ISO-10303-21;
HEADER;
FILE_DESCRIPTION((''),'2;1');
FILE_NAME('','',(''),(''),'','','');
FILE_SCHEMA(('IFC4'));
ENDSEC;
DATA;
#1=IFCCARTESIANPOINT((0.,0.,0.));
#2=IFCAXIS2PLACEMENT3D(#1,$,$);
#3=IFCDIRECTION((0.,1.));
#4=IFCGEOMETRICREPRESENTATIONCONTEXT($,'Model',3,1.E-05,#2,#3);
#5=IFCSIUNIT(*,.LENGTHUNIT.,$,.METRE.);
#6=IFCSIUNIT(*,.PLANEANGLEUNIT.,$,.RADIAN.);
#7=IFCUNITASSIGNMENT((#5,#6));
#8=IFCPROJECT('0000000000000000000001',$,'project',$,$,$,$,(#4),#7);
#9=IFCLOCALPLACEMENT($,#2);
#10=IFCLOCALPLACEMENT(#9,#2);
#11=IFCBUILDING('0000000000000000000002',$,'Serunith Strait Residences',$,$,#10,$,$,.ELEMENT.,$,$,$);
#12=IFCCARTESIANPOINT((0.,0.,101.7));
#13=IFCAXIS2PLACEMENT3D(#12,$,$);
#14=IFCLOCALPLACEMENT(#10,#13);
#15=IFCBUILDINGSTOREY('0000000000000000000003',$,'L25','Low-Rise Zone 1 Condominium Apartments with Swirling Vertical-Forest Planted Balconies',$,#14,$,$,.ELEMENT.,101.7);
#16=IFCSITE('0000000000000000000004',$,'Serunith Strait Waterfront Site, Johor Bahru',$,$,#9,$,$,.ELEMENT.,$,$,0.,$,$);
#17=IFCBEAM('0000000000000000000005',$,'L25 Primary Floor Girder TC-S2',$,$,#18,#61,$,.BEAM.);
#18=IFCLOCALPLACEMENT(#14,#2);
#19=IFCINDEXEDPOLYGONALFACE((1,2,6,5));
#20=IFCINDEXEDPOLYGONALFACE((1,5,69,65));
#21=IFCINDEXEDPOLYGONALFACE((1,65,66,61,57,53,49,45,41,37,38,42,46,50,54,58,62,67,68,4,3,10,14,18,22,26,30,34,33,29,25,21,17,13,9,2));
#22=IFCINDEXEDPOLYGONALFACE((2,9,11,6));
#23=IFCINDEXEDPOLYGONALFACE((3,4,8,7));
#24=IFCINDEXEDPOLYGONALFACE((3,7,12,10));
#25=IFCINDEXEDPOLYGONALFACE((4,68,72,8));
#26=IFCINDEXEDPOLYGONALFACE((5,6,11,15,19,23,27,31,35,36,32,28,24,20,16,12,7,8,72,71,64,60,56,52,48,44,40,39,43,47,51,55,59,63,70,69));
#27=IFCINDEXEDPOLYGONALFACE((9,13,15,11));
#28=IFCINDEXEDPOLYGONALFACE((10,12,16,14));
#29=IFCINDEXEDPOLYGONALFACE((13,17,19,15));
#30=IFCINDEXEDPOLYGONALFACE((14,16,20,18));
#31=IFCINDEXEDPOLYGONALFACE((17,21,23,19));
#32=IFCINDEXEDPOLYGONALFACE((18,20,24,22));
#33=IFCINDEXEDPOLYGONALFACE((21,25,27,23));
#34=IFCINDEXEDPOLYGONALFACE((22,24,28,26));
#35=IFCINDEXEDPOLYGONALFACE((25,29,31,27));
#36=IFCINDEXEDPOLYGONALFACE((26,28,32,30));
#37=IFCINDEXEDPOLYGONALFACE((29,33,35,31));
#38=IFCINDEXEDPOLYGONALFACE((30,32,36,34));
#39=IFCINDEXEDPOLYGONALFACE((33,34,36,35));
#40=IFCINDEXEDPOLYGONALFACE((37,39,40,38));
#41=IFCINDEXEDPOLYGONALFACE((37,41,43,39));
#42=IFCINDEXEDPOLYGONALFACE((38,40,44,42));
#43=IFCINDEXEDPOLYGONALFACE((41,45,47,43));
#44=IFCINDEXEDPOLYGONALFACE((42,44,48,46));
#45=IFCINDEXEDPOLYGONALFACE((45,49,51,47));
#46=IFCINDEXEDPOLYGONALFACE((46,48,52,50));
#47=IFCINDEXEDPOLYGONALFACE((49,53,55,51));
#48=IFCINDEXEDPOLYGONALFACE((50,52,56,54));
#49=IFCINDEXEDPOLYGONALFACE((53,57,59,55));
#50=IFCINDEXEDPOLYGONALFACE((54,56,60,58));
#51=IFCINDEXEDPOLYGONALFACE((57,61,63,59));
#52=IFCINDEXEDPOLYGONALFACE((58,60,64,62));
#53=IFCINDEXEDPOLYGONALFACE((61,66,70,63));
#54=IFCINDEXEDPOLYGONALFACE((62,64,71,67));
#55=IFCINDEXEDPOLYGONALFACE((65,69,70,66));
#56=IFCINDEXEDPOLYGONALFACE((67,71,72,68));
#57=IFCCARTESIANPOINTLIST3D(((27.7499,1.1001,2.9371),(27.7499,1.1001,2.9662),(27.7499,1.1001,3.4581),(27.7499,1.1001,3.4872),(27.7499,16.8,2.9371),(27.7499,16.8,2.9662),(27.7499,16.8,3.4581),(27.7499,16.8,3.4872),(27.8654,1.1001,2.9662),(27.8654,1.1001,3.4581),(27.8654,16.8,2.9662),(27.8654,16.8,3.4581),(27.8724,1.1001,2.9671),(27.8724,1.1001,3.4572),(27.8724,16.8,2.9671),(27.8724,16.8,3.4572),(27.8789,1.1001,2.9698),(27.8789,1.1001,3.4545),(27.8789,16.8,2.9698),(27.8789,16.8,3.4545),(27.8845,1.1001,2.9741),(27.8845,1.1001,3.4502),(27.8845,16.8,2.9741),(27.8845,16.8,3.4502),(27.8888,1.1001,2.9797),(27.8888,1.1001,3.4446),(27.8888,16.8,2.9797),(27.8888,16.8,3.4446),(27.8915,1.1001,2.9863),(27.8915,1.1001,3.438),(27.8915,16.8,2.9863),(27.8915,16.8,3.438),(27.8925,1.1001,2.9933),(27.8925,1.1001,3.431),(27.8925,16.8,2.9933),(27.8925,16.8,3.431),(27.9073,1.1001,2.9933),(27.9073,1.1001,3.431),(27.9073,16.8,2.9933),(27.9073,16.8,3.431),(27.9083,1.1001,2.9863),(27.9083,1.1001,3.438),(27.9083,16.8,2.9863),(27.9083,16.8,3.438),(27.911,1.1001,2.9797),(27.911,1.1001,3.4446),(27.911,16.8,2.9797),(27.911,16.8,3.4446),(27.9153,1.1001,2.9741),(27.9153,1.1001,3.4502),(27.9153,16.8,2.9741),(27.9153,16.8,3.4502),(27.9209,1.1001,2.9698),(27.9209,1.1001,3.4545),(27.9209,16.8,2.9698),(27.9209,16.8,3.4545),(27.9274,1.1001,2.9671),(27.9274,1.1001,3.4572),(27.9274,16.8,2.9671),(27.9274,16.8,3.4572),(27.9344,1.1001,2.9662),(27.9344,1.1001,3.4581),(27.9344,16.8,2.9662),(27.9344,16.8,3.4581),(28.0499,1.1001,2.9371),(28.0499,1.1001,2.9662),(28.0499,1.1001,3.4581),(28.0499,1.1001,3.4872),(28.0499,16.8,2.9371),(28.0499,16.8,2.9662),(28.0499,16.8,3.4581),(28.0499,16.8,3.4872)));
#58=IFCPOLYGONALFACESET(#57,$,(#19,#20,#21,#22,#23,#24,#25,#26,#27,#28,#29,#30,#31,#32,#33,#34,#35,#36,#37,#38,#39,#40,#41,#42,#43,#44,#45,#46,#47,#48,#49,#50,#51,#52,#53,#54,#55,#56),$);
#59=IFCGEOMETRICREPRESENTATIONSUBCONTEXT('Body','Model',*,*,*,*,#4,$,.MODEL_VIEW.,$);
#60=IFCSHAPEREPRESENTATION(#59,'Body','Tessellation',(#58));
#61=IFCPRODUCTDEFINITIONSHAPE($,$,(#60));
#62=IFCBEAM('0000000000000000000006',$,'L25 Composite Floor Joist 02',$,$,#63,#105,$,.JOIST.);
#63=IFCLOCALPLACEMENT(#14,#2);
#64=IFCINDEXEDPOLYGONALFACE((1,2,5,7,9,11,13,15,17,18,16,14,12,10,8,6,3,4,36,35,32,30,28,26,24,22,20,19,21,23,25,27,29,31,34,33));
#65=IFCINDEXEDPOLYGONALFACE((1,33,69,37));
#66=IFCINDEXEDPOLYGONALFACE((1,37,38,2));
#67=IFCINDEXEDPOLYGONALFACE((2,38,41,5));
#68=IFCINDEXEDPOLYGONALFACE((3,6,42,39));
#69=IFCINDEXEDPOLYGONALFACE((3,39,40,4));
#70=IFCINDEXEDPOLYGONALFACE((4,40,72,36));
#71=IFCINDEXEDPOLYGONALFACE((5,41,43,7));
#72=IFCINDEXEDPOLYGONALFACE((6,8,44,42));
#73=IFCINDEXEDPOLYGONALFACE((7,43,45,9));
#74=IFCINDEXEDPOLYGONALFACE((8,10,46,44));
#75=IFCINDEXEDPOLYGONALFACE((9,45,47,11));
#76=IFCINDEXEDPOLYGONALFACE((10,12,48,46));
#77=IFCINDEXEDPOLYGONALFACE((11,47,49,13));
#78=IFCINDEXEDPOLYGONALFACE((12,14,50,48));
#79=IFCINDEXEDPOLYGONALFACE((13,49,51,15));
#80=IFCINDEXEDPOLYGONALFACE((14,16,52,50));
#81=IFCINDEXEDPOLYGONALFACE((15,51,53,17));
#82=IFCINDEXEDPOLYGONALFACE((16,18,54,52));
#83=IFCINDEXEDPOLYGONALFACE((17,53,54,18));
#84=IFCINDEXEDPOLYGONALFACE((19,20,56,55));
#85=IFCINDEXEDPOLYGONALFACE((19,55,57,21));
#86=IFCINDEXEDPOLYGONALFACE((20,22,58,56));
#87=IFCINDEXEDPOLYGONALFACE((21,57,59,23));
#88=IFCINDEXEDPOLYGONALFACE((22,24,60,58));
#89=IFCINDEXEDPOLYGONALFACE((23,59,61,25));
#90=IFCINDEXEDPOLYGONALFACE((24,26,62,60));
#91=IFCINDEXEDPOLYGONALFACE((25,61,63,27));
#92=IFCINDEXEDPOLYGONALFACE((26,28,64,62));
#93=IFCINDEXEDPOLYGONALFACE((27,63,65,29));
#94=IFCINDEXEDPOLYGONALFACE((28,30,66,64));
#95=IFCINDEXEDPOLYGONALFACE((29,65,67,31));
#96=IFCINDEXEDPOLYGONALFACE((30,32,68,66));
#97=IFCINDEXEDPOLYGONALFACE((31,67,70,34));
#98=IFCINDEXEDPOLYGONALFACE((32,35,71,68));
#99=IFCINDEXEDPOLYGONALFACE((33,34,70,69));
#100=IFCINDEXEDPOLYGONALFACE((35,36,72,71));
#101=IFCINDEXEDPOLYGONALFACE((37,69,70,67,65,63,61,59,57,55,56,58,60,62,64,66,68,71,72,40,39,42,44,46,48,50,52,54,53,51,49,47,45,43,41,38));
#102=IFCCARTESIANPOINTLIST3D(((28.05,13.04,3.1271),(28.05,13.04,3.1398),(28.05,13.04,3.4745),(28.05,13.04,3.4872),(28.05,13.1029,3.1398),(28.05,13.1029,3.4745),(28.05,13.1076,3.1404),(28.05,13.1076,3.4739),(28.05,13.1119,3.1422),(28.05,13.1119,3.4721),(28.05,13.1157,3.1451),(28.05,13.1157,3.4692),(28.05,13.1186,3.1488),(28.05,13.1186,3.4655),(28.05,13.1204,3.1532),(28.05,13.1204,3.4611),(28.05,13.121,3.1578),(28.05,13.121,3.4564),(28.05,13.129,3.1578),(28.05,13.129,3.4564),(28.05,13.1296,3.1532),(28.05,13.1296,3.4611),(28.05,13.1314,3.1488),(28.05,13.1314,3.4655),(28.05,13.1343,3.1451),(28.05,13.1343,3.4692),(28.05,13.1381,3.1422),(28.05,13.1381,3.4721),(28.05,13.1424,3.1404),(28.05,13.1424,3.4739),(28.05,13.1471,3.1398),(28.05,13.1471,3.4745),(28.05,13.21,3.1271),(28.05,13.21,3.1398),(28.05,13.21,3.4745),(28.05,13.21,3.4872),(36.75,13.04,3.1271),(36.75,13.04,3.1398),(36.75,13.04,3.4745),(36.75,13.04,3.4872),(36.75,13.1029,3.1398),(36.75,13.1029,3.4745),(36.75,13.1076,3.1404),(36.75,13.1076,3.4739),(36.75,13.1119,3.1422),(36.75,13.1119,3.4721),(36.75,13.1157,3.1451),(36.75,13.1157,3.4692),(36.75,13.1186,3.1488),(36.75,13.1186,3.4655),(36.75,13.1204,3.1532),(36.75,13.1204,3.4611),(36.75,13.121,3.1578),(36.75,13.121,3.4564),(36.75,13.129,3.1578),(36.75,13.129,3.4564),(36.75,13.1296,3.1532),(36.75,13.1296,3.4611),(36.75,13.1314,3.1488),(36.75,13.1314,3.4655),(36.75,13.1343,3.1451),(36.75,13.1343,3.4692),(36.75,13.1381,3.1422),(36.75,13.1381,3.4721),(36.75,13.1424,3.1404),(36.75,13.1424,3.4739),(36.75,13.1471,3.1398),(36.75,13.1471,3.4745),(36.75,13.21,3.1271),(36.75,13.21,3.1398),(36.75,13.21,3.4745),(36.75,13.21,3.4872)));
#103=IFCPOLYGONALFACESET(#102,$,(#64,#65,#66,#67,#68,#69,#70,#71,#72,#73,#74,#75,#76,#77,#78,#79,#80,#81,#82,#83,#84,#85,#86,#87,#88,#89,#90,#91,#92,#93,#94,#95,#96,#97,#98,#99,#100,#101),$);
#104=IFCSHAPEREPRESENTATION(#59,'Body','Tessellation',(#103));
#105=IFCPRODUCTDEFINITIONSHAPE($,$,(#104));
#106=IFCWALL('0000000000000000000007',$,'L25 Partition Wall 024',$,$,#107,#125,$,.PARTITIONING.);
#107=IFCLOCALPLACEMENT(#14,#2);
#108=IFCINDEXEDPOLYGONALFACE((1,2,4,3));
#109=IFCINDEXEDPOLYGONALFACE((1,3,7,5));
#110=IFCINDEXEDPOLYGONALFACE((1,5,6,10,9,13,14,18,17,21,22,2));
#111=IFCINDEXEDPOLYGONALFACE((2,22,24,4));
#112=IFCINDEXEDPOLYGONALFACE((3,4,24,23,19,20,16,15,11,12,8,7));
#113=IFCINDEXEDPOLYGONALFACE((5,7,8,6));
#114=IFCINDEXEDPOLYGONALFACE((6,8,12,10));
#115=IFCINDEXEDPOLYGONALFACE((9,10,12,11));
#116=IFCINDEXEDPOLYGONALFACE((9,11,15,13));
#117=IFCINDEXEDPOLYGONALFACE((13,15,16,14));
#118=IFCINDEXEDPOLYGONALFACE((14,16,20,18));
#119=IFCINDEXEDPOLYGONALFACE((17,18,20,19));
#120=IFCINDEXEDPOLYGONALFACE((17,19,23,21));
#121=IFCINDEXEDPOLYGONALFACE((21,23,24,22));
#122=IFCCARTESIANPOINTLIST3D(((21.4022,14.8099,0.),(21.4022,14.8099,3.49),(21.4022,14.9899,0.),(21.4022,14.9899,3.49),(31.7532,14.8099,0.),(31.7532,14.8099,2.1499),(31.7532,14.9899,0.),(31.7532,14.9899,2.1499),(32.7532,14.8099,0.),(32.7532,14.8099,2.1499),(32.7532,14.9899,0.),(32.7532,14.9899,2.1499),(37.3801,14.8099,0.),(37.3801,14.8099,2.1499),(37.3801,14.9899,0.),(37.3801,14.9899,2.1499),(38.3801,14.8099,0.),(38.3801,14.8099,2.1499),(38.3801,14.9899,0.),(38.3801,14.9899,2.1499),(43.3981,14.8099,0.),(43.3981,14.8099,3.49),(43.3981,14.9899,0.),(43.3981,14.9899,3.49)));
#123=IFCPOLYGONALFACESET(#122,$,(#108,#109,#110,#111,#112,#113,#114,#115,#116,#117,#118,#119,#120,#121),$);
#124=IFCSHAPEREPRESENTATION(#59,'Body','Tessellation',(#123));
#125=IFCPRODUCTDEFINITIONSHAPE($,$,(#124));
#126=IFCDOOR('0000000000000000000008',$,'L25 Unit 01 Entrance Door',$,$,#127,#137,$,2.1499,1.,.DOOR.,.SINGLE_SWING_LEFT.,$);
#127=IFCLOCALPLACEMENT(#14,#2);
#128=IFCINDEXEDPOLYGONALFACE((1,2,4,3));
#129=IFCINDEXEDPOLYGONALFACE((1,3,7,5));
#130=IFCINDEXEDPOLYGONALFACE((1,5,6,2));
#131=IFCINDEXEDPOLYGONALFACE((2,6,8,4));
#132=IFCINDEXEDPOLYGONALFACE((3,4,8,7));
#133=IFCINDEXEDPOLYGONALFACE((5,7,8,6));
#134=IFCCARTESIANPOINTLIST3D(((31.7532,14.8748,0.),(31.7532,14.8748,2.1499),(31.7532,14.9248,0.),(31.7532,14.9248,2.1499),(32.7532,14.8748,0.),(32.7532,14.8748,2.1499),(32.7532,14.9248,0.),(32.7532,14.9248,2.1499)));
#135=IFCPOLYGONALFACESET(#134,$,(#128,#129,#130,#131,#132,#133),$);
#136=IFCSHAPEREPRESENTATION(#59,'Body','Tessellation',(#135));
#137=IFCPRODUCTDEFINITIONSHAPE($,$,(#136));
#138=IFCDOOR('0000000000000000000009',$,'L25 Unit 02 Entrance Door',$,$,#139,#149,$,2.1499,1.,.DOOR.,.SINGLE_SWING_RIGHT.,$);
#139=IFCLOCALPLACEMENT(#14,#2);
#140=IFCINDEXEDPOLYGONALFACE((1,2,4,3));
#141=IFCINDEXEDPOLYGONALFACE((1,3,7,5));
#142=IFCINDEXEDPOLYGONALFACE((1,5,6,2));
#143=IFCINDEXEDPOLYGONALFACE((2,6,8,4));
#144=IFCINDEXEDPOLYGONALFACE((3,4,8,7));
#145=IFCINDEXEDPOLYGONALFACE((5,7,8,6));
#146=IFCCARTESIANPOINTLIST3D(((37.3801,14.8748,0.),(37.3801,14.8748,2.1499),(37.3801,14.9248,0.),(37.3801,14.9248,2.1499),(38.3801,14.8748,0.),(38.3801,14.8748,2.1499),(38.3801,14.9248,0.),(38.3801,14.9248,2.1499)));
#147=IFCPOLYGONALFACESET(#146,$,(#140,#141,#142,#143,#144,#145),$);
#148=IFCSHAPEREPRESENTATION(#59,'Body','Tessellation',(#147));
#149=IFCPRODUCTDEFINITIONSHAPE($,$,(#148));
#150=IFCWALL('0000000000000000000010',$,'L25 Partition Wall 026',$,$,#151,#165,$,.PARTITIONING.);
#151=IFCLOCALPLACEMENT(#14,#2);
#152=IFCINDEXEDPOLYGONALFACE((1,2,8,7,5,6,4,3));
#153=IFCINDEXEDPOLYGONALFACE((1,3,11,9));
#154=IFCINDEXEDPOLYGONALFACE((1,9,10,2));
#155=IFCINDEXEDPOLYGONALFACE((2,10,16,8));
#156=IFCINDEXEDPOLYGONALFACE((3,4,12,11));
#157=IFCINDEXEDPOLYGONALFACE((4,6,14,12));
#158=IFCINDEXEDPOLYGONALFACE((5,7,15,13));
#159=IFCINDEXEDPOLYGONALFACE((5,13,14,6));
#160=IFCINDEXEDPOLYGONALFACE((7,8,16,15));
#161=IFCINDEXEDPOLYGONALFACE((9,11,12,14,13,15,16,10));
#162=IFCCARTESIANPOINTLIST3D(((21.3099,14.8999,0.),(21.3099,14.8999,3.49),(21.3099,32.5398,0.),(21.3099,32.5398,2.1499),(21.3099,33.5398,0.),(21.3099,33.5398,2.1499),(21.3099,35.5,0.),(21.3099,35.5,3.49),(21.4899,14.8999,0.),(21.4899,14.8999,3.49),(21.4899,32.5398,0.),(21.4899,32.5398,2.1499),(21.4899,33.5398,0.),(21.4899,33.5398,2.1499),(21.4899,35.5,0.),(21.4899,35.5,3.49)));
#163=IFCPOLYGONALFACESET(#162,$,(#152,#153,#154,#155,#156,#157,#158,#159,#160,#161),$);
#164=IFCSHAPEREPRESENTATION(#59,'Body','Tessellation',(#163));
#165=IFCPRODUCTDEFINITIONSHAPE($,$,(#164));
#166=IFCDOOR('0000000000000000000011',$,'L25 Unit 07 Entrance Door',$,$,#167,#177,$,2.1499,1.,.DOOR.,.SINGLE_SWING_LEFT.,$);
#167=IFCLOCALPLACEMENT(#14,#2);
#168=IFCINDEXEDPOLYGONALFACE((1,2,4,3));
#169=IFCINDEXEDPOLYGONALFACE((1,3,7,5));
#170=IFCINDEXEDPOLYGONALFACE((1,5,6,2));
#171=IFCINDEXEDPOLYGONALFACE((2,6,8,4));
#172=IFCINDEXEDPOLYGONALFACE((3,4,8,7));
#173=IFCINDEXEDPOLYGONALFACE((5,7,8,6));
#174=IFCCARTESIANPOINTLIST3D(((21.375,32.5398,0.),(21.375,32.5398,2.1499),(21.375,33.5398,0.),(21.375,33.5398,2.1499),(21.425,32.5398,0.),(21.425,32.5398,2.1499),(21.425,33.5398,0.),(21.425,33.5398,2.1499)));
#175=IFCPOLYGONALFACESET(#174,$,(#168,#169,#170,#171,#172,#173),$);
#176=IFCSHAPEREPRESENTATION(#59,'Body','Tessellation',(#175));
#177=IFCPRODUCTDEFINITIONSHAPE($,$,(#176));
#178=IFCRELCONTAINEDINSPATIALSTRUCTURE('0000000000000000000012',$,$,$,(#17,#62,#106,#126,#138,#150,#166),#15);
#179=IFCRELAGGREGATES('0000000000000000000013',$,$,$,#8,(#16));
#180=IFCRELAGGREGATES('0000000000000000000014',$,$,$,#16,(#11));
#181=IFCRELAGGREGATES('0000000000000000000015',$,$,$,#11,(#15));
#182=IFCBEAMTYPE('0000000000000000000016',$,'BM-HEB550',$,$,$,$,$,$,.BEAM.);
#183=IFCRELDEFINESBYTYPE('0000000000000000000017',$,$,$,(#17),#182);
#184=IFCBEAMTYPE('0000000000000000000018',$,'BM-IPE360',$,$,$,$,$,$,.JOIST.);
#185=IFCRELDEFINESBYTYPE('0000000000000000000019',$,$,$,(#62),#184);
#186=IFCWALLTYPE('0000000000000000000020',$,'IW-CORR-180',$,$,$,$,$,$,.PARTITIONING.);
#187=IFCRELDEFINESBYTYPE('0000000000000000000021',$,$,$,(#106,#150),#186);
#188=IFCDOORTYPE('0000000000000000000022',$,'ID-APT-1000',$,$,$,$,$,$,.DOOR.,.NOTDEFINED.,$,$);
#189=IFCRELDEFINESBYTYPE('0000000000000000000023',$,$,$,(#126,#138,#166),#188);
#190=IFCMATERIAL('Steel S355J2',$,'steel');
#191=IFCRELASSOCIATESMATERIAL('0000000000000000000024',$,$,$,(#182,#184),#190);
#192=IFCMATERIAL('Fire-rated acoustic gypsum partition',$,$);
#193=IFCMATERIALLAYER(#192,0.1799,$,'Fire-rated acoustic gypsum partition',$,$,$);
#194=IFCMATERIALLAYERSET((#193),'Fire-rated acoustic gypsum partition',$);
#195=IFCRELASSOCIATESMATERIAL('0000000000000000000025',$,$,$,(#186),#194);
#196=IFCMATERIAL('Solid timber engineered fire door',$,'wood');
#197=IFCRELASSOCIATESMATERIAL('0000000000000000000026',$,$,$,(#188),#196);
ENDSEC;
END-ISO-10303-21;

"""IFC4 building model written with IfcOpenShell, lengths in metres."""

from ifc_helpers import new_model, si_unit, direction, frame, frame_2d, origin, origin_2d, place, context, subcontext, project, spatial, rectangle, i_section, extrude, source, transform, mapped, material, layer, layer_set, material_profile, profile_set, type_object, element, fill, save


model = new_model("IFC4")

# Units and contexts
model_context = context("Model", 3, precision=1e-05, world=origin(), true_north=direction((0.0, 1.0)))
body_context = subcontext(model_context, "Body", "Model", "MODEL_VIEW")
ifc_project = project(units=[si_unit("LENGTHUNIT", "METRE"), si_unit("PLANEANGLEUNIT", "RADIAN")], contexts=[model_context])

# Site, building, storey
site_placement = place(None, origin())
site = spatial("IfcSite", under=ifc_project, at=site_placement, Name="Serunith Strait Waterfront Site, Johor Bahru", CompositionType="ELEMENT", RefElevation=0.0)
building_placement = place(site_placement, origin())
building = spatial("IfcBuilding", under=site, at=building_placement, Name="Serunith Strait Residences", CompositionType="ELEMENT")
storey_placement = place(building_placement, frame((0.0, 0.0, 101.7)))
storey = spatial("IfcBuildingStorey", under=building, at=storey_placement, Name="L25", Description="Low-Rise Zone 1 Condominium Apartments with Swirling Vertical-Forest Planted Balconies", CompositionType="ELEMENT", Elevation=101.7)

# Beams
ifc_material_1 = material(Name="Steel S355J2", Category="steel")
ifc_material_profile_1 = material_profile(ifc_material_1, i_section(OverallWidth=0.3, OverallDepth=0.55, WebThickness=0.0149, FlangeThickness=0.0291, FilletRadius=0.0271, at=origin_2d()), Name="HEB 550")
ifc_profile_set_1 = profile_set([ifc_material_profile_1], Name="Steel S355J2")
beam_type_1 = type_object("IfcBeamType", Name="BM-HEB550", PredefinedType="BEAM", material=ifc_profile_set_1)
shared_shape_1 = source(origin(), body_context, "Body", "SweptSolid", [
    extrude(i_section(OverallWidth=0.3, OverallDepth=0.55, WebThickness=0.0149, FlangeThickness=0.0291, FilletRadius=0.0271, at=origin_2d()), origin(), (0.0, 0.0, 1.0), 15.7),
])
beam_1_placement = place(storey_placement, frame((27.8999, 16.8, 3.2122), z_axis=(0.0, -1.0, 0.0), x_axis=(1.0, 0.0, 0.0)))
element("IfcBeam", 1, at=beam_1_placement, inside=storey, type_object=beam_type_1, Name="L25 Primary Floor Girder TC-S2", PredefinedType="BEAM", context=body_context, shape_type="MappedRepresentation", body=[
    mapped(shared_shape_1, transform((0.0, 0.0, 0.0), scale=1.0)),
])
ifc_material_profile_2 = material_profile(ifc_material_1, i_section(OverallWidth=0.1699, OverallDepth=0.3601, WebThickness=0.0081, FlangeThickness=0.0127, FilletRadius=0.0181, at=origin_2d()), Name="IPE 360")
ifc_profile_set_2 = profile_set([ifc_material_profile_2], Name="Steel S355J2")
beam_type_2 = type_object("IfcBeamType", Name="BM-IPE360", PredefinedType="JOIST", material=ifc_profile_set_2)
shared_shape_2 = source(origin(), body_context, "Body", "SweptSolid", [
    extrude(i_section(OverallWidth=0.1699, OverallDepth=0.3601, WebThickness=0.0081, FlangeThickness=0.0127, FilletRadius=0.0181, at=origin_2d()), origin(), (0.0, 0.0, 1.0), 8.7),
])
beam_2_placement = place(storey_placement, frame((28.05, 13.125, 3.3071), z_axis=(1.0, 0.0, 0.0), x_axis=(0.0, 1.0, 0.0)))
element("IfcBeam", 2, at=beam_2_placement, inside=storey, type_object=beam_type_2, Name="L25 Composite Floor Joist 02", PredefinedType="JOIST", context=body_context, shape_type="MappedRepresentation", body=[
    mapped(shared_shape_2, transform((0.0, 0.0, 0.0), scale=1.0)),
])

# Wall, openings, doors
ifc_material_2 = material(Name="Fire-rated acoustic gypsum partition")
ifc_layer_1 = layer(ifc_material_2, 0.1799, Name="Fire-rated acoustic gypsum partition")
ifc_layer_set_1 = layer_set([ifc_layer_1], Name="Fire-rated acoustic gypsum partition")
wall_type_1 = type_object("IfcWallType", Name="IW-CORR-180", PredefinedType="PARTITIONING", material=ifc_layer_set_1)
wall_1_placement = place(storey_placement, frame((21.4021, 14.8999, 0.0), z_axis=(0.0, 0.0, 1.0), x_axis=(1.0, 0.0, 0.0)))
wall_1 = element("IfcWall", 3, at=wall_1_placement, inside=storey, type_object=wall_type_1, Name="L25 Partition Wall 024", PredefinedType="PARTITIONING", context=body_context, shape_type="SweptSolid", body=[
    extrude(rectangle(XDim=21.9958, YDim=0.1799, at=frame_2d((10.998, 0.0))), origin(), (0.0, 0.0, 1.0), 3.49),
])
opening_1_placement = place(wall_1_placement, frame((10.3511, 0.0, 0.0)))
opening_1 = element("IfcOpeningElement", 4, at=opening_1_placement, cuts=wall_1, PredefinedType="OPENING", context=body_context, shape_type="SweptSolid", body=[
    extrude(rectangle(XDim=1.0, YDim=2.1499, at=frame_2d((0.5, 1.075))), frame((0.0, 0.1001, 0.0), z_axis=(0.0, -1.0, 0.0), x_axis=(1.0, 0.0, 0.0)), (0.0, 0.0, 1.0), 0.2),
])
opening_2_placement = place(wall_1_placement, frame((15.978, 0.0, 0.0)))
opening_2 = element("IfcOpeningElement", 5, at=opening_2_placement, cuts=wall_1, PredefinedType="OPENING", context=body_context, shape_type="SweptSolid", body=[
    extrude(rectangle(XDim=1.0, YDim=2.1499, at=frame_2d((0.5, 1.075))), frame((0.0, 0.1001, 0.0), z_axis=(0.0, -1.0, 0.0), x_axis=(1.0, 0.0, 0.0)), (0.0, 0.0, 1.0), 0.2),
])
ifc_material_3 = material(Name="Solid timber engineered fire door", Category="wood")
door_type_1 = type_object("IfcDoorType", Name="ID-APT-1000", OperationType="NOTDEFINED", PredefinedType="DOOR", material=ifc_material_3)
shared_shape_3 = source(origin(), body_context, "Body", "SweptSolid", [
    extrude(rectangle(XDim=1.0, YDim=2.1499, at=frame_2d((0.5, 1.075))), frame((0.0, 0.0249, 0.0), z_axis=(0.0, -1.0, 0.0), x_axis=(1.0, 0.0, 0.0)), (0.0, 0.0, 1.0), 0.05),
])
door_1_placement = place(opening_1_placement, origin())
door_1 = element("IfcDoor", 6, at=door_1_placement, inside=storey, type_object=door_type_1, Name="L25 Unit 01 Entrance Door", OperationType="SINGLE_SWING_LEFT", OverallHeight=2.1499, OverallWidth=1.0, PredefinedType="DOOR", context=body_context, shape_type="MappedRepresentation", body=[
    mapped(shared_shape_3, transform((0.0, 0.0, 0.0), scale=1.0)),
])
fill(opening_1, door_1)
door_2_placement = place(opening_2_placement, origin())
door_2 = element("IfcDoor", 7, at=door_2_placement, inside=storey, type_object=door_type_1, Name="L25 Unit 02 Entrance Door", OperationType="SINGLE_SWING_RIGHT", OverallHeight=2.1499, OverallWidth=1.0, PredefinedType="DOOR", context=body_context, shape_type="MappedRepresentation", body=[
    mapped(shared_shape_3, transform((0.0, 0.0, 0.0), scale=1.0)),
])
fill(opening_2, door_2)

# Wall, opening, door
wall_2_placement = place(storey_placement, frame((21.3999, 14.8999, 0.0), z_axis=(0.0, 0.0, 1.0), x_axis=(0.0, 1.0, 0.0)))
wall_2 = element("IfcWall", 8, at=wall_2_placement, inside=storey, type_object=wall_type_1, Name="L25 Partition Wall 026", PredefinedType="PARTITIONING", context=body_context, shape_type="SweptSolid", body=[
    extrude(rectangle(XDim=20.6001, YDim=0.1799, at=frame_2d((10.3, 0.0))), origin(), (0.0, 0.0, 1.0), 3.49),
])
opening_3_placement = place(wall_2_placement, frame((17.6399, 0.0, 0.0)))
opening_3 = element("IfcOpeningElement", 9, at=opening_3_placement, cuts=wall_2, PredefinedType="OPENING", context=body_context, shape_type="SweptSolid", body=[
    extrude(rectangle(XDim=1.0, YDim=2.1499, at=frame_2d((0.5, 1.075))), frame((0.0, 0.1001, 0.0), z_axis=(0.0, -1.0, 0.0), x_axis=(1.0, 0.0, 0.0)), (0.0, 0.0, 1.0), 0.2),
])
door_3_placement = place(opening_3_placement, origin())
door_3 = element("IfcDoor", 10, at=door_3_placement, inside=storey, type_object=door_type_1, Name="L25 Unit 07 Entrance Door", OperationType="SINGLE_SWING_LEFT", OverallHeight=2.1499, OverallWidth=1.0, PredefinedType="DOOR", context=body_context, shape_type="MappedRepresentation", body=[
    mapped(shared_shape_3, transform((0.0, 0.0, 0.0), scale=1.0)),
])
fill(opening_3, door_3)

save(model, "model.ifc")
